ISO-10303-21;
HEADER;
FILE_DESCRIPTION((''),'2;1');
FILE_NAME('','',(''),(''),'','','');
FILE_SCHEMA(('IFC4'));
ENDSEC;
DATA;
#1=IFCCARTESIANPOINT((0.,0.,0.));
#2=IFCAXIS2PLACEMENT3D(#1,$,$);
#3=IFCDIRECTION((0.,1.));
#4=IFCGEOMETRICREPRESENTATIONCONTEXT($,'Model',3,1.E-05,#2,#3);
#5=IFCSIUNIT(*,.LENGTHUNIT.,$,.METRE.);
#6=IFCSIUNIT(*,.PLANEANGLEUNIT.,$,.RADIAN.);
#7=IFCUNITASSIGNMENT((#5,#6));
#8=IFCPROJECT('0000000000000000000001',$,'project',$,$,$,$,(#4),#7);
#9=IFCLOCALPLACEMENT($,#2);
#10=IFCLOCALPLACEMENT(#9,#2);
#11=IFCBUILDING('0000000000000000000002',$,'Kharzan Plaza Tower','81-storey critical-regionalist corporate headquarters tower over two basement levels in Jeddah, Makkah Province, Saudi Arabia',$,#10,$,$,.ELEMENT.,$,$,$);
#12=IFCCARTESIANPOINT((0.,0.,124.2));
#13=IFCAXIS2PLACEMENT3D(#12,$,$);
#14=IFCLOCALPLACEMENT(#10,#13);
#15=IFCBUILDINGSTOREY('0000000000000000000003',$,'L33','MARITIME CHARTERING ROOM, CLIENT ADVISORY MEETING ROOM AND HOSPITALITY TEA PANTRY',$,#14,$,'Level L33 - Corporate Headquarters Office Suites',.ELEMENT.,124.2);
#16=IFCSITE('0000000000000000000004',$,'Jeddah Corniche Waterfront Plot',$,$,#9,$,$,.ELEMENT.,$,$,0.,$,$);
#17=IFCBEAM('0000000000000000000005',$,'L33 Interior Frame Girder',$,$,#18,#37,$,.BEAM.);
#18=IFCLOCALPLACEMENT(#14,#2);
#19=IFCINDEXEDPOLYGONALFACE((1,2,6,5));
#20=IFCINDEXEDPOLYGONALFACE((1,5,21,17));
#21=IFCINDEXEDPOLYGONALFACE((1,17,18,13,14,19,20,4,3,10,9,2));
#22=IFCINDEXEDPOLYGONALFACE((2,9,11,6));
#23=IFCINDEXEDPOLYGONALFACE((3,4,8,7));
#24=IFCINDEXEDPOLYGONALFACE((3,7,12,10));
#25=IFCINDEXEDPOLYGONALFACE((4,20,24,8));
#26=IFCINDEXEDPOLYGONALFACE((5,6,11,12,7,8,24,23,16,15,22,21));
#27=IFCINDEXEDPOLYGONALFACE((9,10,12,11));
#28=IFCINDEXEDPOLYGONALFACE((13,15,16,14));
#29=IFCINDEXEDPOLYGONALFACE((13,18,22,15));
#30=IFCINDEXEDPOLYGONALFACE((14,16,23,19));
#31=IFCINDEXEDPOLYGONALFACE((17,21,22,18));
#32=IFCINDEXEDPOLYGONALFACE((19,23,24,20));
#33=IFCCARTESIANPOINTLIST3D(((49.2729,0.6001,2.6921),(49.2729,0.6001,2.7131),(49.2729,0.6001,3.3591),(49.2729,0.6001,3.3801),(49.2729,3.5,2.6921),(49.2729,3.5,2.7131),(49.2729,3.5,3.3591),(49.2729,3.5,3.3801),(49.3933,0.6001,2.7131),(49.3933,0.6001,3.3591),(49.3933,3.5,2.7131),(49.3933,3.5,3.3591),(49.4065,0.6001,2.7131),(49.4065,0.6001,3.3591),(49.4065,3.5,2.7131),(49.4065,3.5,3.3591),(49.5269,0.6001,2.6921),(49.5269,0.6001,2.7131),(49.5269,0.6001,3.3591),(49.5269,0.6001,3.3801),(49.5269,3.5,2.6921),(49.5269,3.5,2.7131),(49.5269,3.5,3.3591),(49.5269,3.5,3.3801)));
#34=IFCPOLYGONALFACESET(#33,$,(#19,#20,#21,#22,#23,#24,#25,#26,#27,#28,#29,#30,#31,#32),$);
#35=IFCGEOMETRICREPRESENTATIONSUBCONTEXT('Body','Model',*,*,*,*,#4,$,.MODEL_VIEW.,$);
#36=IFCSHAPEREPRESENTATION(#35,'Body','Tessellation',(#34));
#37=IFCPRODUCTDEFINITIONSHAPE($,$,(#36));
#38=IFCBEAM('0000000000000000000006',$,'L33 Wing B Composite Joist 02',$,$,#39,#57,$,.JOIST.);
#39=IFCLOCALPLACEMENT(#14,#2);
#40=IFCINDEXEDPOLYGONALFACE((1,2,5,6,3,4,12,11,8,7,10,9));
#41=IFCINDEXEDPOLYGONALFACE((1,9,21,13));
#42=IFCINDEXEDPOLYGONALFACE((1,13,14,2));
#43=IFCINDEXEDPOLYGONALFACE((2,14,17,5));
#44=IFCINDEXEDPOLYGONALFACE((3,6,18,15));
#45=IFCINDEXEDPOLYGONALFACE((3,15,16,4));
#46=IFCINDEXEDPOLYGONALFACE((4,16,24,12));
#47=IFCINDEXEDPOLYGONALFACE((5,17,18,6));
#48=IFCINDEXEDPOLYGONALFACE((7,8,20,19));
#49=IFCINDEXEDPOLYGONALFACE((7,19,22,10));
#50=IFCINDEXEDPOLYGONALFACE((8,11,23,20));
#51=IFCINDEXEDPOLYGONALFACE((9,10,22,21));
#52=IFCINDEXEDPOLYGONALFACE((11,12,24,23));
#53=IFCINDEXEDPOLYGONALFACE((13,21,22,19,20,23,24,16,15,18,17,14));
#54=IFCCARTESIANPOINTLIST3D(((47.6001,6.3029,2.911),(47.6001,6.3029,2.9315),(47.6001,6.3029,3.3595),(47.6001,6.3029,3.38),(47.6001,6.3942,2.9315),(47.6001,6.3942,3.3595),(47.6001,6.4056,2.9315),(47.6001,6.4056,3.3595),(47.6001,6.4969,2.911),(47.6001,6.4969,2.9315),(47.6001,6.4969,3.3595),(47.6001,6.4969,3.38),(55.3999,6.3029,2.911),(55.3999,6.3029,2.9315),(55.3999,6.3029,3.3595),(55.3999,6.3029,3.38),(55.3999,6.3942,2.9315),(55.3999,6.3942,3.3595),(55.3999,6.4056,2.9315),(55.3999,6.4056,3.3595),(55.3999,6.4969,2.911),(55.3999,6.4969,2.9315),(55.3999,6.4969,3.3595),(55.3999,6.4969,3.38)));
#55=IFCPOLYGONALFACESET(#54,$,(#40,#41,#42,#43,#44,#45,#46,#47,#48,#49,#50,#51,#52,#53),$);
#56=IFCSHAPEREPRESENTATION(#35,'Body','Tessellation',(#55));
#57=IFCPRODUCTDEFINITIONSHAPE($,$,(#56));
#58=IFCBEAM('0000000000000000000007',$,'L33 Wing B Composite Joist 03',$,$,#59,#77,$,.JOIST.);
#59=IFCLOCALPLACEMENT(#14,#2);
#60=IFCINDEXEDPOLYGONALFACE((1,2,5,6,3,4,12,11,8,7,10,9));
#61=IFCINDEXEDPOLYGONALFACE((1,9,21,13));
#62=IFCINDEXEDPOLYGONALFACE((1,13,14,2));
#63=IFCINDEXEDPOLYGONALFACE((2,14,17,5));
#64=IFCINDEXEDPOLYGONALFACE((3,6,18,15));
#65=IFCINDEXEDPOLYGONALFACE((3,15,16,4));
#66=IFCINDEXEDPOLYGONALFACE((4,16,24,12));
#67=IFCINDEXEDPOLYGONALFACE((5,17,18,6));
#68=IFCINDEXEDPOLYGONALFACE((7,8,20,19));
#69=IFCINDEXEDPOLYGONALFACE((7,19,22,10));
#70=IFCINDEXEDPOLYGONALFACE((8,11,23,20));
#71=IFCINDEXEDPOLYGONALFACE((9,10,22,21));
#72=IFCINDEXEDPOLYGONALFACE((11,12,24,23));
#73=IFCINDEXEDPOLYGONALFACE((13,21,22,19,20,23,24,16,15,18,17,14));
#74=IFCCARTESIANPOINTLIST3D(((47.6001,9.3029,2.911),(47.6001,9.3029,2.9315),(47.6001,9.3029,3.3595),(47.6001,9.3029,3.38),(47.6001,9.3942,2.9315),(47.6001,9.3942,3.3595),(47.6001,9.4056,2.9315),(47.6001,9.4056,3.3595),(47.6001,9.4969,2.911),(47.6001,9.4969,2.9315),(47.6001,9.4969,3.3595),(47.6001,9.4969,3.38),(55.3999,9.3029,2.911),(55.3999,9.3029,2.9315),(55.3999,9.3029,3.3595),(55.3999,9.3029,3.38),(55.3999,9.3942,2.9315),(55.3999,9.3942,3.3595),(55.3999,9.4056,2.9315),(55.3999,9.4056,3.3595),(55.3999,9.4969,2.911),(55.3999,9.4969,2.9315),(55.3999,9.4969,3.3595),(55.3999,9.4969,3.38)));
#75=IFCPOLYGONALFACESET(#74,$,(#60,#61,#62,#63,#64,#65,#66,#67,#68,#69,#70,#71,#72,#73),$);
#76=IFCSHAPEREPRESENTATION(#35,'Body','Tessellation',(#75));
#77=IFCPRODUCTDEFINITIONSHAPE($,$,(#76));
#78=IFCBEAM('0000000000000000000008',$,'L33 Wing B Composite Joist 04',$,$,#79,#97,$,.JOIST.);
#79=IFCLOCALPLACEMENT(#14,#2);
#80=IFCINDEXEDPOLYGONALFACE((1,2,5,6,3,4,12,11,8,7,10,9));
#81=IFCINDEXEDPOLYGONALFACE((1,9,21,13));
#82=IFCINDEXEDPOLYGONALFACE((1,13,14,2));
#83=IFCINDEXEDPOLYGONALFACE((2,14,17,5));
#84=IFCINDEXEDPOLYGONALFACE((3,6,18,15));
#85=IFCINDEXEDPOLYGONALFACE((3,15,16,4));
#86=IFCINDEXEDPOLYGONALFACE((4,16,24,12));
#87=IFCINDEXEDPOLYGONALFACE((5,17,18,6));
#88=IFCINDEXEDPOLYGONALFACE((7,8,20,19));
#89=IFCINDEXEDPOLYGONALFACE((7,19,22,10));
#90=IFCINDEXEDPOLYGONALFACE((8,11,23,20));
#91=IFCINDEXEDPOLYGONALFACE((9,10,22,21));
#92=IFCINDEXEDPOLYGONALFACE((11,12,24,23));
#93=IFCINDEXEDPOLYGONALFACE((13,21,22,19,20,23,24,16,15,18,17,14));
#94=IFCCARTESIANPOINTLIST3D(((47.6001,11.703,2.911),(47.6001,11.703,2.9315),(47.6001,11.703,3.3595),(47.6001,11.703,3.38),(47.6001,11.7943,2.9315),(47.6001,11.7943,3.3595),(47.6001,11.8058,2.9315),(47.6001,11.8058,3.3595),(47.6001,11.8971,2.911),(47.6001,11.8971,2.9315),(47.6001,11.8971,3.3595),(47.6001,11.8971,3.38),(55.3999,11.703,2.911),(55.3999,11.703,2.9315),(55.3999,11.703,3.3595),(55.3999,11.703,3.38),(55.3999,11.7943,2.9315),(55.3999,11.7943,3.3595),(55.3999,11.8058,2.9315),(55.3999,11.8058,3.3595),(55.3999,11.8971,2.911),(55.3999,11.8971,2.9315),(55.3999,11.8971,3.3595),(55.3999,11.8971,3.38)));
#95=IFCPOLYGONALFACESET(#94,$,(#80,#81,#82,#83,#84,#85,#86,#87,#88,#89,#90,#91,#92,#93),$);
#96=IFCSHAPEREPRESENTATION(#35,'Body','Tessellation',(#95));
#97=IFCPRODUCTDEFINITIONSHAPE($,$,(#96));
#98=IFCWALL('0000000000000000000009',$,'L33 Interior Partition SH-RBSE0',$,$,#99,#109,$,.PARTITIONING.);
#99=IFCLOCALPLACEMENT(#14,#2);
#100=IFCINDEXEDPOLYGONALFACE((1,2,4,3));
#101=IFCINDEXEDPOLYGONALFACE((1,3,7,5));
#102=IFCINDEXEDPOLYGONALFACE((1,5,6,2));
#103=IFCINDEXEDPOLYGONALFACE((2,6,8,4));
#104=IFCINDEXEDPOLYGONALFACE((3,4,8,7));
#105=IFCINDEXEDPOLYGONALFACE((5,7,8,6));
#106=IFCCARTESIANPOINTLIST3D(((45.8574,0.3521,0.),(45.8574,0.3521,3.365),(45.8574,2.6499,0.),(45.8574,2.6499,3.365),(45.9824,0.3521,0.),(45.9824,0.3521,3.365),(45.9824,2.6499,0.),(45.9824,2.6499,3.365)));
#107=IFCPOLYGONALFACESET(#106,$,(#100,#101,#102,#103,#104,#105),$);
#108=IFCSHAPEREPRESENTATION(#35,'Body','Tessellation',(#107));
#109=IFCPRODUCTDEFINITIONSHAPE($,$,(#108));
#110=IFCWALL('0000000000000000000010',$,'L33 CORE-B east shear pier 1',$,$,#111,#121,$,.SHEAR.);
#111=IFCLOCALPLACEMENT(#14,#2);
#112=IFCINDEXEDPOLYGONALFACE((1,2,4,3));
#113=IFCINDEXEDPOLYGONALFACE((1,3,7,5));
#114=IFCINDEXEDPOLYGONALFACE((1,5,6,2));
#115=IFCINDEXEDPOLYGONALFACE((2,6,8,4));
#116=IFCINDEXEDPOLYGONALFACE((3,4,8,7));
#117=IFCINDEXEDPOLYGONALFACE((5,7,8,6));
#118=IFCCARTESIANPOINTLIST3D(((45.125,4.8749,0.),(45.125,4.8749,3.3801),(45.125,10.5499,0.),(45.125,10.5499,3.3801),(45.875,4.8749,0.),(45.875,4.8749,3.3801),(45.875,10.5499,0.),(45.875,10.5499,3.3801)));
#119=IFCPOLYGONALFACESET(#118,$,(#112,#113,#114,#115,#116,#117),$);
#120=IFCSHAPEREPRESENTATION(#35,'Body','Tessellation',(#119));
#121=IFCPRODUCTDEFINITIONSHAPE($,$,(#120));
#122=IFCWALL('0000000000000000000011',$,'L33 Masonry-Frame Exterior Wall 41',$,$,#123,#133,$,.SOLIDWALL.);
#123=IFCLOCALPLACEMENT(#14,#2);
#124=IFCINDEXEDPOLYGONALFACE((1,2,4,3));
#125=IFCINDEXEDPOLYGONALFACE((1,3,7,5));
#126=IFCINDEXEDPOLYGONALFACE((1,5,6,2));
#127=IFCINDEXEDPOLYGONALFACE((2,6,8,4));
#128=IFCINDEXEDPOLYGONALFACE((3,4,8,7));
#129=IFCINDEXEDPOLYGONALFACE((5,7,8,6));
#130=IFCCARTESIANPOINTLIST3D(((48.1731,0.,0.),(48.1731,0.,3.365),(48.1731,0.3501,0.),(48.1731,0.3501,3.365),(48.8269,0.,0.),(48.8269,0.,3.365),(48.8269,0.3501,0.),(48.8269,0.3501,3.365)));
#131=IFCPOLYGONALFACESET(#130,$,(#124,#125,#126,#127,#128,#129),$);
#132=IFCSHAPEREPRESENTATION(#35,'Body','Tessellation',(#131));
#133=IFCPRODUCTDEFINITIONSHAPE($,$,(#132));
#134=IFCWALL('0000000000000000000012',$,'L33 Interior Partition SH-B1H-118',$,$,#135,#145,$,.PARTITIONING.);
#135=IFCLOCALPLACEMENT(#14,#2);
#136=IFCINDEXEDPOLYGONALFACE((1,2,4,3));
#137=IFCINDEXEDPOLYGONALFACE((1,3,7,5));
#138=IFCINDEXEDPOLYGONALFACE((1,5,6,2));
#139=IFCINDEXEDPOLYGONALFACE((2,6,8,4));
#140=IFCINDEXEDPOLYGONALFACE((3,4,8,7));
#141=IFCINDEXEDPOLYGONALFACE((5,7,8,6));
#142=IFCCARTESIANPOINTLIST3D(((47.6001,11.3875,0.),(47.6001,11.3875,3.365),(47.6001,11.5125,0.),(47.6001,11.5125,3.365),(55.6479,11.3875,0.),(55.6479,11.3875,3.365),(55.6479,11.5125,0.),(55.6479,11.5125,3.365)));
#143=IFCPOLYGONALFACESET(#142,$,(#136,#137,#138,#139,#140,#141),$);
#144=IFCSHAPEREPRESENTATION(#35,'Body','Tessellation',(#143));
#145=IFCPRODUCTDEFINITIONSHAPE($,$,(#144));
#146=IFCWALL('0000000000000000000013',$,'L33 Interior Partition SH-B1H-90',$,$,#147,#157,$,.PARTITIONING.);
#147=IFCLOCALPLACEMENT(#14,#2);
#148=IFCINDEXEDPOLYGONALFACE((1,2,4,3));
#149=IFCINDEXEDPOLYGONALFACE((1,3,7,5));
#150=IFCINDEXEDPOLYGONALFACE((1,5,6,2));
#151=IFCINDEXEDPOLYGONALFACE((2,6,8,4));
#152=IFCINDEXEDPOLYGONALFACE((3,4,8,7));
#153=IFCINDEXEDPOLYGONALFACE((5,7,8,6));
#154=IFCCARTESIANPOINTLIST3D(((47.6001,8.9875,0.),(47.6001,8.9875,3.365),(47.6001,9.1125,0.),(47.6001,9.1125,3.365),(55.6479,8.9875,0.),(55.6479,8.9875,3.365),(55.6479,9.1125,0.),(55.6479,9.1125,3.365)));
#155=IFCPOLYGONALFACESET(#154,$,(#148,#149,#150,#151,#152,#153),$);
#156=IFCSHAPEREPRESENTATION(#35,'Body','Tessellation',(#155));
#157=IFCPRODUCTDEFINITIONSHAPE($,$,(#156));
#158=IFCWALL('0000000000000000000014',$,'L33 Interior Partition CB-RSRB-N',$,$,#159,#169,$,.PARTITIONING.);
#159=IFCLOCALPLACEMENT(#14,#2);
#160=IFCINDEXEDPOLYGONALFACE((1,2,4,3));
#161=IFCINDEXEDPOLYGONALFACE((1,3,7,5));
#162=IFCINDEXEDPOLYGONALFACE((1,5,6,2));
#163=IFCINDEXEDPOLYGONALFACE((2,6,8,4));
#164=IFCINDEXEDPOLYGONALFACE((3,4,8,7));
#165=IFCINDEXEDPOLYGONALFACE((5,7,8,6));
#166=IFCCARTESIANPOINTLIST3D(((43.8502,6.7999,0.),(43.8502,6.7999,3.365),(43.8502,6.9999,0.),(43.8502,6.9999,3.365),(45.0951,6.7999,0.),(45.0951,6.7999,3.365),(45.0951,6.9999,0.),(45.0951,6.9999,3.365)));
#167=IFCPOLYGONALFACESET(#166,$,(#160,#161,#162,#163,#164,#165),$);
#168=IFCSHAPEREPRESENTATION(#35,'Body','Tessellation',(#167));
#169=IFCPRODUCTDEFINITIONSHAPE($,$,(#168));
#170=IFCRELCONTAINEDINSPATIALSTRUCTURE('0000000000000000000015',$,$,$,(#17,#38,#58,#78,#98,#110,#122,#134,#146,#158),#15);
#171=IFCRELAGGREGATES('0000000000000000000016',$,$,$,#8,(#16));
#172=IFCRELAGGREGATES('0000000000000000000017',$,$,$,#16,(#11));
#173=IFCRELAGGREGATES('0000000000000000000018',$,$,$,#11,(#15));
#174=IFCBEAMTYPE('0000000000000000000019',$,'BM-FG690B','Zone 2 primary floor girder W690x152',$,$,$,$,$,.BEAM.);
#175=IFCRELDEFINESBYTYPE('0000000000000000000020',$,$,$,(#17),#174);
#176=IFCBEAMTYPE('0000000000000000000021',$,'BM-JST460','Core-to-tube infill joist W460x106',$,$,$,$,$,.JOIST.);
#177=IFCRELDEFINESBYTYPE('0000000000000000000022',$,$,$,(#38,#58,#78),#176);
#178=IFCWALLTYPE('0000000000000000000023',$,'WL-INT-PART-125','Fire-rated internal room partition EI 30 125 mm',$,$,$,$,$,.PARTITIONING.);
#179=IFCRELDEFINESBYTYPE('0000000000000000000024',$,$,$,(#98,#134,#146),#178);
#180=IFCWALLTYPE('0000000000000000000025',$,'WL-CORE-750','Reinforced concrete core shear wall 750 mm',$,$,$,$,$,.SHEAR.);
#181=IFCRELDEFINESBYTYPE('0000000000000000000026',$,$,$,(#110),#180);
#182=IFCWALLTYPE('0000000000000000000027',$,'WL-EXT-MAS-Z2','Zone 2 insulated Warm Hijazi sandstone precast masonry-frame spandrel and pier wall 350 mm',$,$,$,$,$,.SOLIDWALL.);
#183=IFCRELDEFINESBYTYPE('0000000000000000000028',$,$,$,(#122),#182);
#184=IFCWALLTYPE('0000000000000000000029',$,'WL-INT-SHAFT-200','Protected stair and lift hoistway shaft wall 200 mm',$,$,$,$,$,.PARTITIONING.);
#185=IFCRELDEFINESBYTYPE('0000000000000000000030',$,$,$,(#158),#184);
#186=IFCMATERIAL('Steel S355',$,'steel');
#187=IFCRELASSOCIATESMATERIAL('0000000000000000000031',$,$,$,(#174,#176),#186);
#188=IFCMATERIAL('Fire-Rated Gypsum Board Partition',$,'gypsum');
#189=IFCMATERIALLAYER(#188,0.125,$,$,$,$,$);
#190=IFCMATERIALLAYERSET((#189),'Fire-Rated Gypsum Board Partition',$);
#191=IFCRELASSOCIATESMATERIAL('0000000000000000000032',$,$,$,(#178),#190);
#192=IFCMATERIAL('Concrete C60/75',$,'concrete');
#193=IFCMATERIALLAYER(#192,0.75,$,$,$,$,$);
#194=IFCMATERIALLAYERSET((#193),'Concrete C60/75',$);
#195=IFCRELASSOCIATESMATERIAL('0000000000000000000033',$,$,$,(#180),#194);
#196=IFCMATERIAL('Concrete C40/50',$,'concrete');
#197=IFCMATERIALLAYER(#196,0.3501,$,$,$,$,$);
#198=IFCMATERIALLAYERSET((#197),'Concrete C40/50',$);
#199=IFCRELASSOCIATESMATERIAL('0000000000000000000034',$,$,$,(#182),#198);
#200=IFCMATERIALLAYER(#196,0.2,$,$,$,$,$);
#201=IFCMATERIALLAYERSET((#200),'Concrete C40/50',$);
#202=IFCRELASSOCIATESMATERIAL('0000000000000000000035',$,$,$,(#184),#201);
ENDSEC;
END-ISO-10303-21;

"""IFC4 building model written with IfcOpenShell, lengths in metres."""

from ifc_helpers import new_model, si_unit, direction, frame, frame_2d, origin, origin_2d, place, context, subcontext, project, spatial, rectangle, i_section, extrude, source, transform, mapped, material, layer, layer_set, material_profile, profile_set, type_object, element, save


model = new_model("IFC4")

# Units and contexts
model_context = context("Model", 3, precision=1e-05, world=origin(), true_north=direction((0.0, 1.0)))
body_context = subcontext(model_context, "Body", "Model", "MODEL_VIEW")
ifc_project = project(units=[si_unit("LENGTHUNIT", "METRE"), si_unit("PLANEANGLEUNIT", "RADIAN")], contexts=[model_context])

# Site, building, storey
site_placement = place(None, origin())
site = spatial("IfcSite", under=ifc_project, at=site_placement, Name="Jeddah Corniche Waterfront Plot", CompositionType="ELEMENT", RefElevation=0.0)
building_placement = place(site_placement, origin())
building = spatial("IfcBuilding", under=site, at=building_placement, Name="Kharzan Plaza Tower", Description="81-storey critical-regionalist corporate headquarters tower over two basement levels in Jeddah, Makkah Province, Saudi Arabia", CompositionType="ELEMENT")
storey_placement = place(building_placement, frame((0.0, 0.0, 124.2)))
storey = spatial("IfcBuildingStorey", under=building, at=storey_placement, Name="L33", Description="MARITIME CHARTERING ROOM, CLIENT ADVISORY MEETING ROOM AND HOSPITALITY TEA PANTRY", LongName="Level L33 - Corporate Headquarters Office Suites", CompositionType="ELEMENT", Elevation=124.2)

# Shared definitions
ifc_material_1 = material(Name="Concrete C60/75", Category="concrete")

# Beams
ifc_material_2 = material(Name="Steel S355", Category="steel")
ifc_material_profile_1 = material_profile(ifc_material_2, i_section(OverallWidth=0.2539, OverallDepth=0.688, WebThickness=0.0132, FlangeThickness=0.021, at=origin_2d()), Name="W690x152")
ifc_profile_set_1 = profile_set([ifc_material_profile_1], Name="Steel S355")
beam_type_1 = type_object("IfcBeamType", Name="BM-FG690B", Description="Zone 2 primary floor girder W690x152", PredefinedType="BEAM", material=ifc_profile_set_1)
shared_shape_1 = source(origin(), body_context, "Body", "SweptSolid", [
    extrude(i_section(OverallWidth=0.2539, OverallDepth=0.688, WebThickness=0.0132, FlangeThickness=0.021, at=origin_2d()), origin(), (0.0, 0.0, 1.0), 2.8999),
])
for number, where, z_axis, x_axis, name in (
    (1, (49.3999, 0.6001, 3.0361), (0.0, 1.0, 0.0), (-1.0, 0.0, 0.0), "L33 Interior Frame Girder"),
):
    element("IfcBeam", number, at=place(storey_placement, frame(where, z_axis=z_axis, x_axis=x_axis)), inside=storey, type_object=beam_type_1, Name=name, PredefinedType="BEAM", context=body_context, shape_type="MappedRepresentation", body=[
        mapped(shared_shape_1, transform((0.0, 0.0, 0.0), x_axis=(1.0, 0.0, 0.0), y_axis=(0.0, 1.0, 0.0), z_axis=(0.0, 0.0, 1.0))),
    ])
ifc_material_profile_2 = material_profile(ifc_material_2, i_section(OverallWidth=0.1941, OverallDepth=0.469, WebThickness=0.0115, FlangeThickness=0.0205, at=origin_2d()), Name="W460x106")
ifc_profile_set_2 = profile_set([ifc_material_profile_2], Name="Steel S355")
beam_type_2 = type_object("IfcBeamType", Name="BM-JST460", Description="Core-to-tube infill joist W460x106", PredefinedType="JOIST", material=ifc_profile_set_2)
shared_shape_2 = source(origin(), body_context, "Body", "SweptSolid", [
    extrude(i_section(OverallWidth=0.1941, OverallDepth=0.469, WebThickness=0.0115, FlangeThickness=0.0205, at=origin_2d()), origin(), (0.0, 0.0, 1.0), 7.7998),
])
for number, where, z_axis, x_axis, name in (
    (2, (47.6001, 6.3999, 3.1455), (1.0, 0.0, 0.0), (0.0, 1.0, 0.0), "L33 Wing B Composite Joist 02"),
    (3, (47.6001, 9.3999, 3.1455), (1.0, 0.0, 0.0), (0.0, 1.0, 0.0), "L33 Wing B Composite Joist 03"),
    (4, (47.6001, 11.8, 3.1455), (1.0, 0.0, 0.0), (0.0, 1.0, 0.0), "L33 Wing B Composite Joist 04"),
):
    element("IfcBeam", number, at=place(storey_placement, frame(where, z_axis=z_axis, x_axis=x_axis)), inside=storey, type_object=beam_type_2, Name=name, PredefinedType="JOIST", context=body_context, shape_type="MappedRepresentation", body=[
        mapped(shared_shape_2, transform((0.0, 0.0, 0.0), x_axis=(1.0, 0.0, 0.0), y_axis=(0.0, 1.0, 0.0), z_axis=(0.0, 0.0, 1.0))),
    ])

# Shared definitions
ifc_material_3 = material(Name="Fire-Rated Gypsum Board Partition", Category="gypsum")
ifc_layer_1 = layer(ifc_material_3, 0.125)
ifc_layer_set_1 = layer_set([ifc_layer_1], Name="Fire-Rated Gypsum Board Partition")
wall_type_1 = type_object("IfcWallType", Name="WL-INT-PART-125", Description="Fire-rated internal room partition EI 30 125 mm", PredefinedType="PARTITIONING", material=ifc_layer_set_1)

# Walls
shared_shape_3 = source(origin(), body_context, "Body", "SweptSolid", [
    extrude(rectangle(XDim=2.2979, YDim=0.125, at=frame_2d((1.1489, 0.0))), origin(), (0.0, 0.0, 1.0), 3.365),
])
wall_1_placement = place(storey_placement, frame((45.9199, 0.3521, 0.0), z_axis=(0.0, 0.0, 1.0), x_axis=(0.0, 1.0, 0.0)))
element("IfcWall", 5, at=wall_1_placement, inside=storey, type_object=wall_type_1, Name="L33 Interior Partition SH-RBSE0", PredefinedType="PARTITIONING", context=body_context, shape_type="MappedRepresentation", body=[
    mapped(shared_shape_3, transform((0.0, 0.0, 0.0), x_axis=(1.0, 0.0, 0.0), y_axis=(0.0, 1.0, 0.0), z_axis=(0.0, 0.0, 1.0))),
])
ifc_layer_2 = layer(ifc_material_1, 0.75)
ifc_layer_set_2 = layer_set([ifc_layer_2], Name="Concrete C60/75")
wall_type_2 = type_object("IfcWallType", Name="WL-CORE-750", Description="Reinforced concrete core shear wall 750 mm", PredefinedType="SHEAR", material=ifc_layer_set_2)
shared_shape_4 = source(origin(), body_context, "Body", "SweptSolid", [
    extrude(rectangle(XDim=5.675, YDim=0.75, at=frame_2d((2.8374, 0.0))), origin(), (0.0, 0.0, 1.0), 3.3801),
])
wall_2_placement = place(storey_placement, frame((45.5, 4.875, 0.0), z_axis=(0.0, 0.0, 1.0), x_axis=(0.0, 1.0, 0.0)))
element("IfcWall", 6, at=wall_2_placement, inside=storey, type_object=wall_type_2, Name="L33 CORE-B east shear pier 1", PredefinedType="SHEAR", context=body_context, shape_type="MappedRepresentation", body=[
    mapped(shared_shape_4, transform((0.0, 0.0, 0.0), x_axis=(1.0, 0.0, 0.0), y_axis=(0.0, 1.0, 0.0), z_axis=(0.0, 0.0, 1.0))),
])
ifc_material_4 = material(Name="Concrete C40/50", Category="concrete")
ifc_layer_3 = layer(ifc_material_4, 0.3501)
ifc_layer_set_3 = layer_set([ifc_layer_3], Name="Concrete C40/50")
wall_type_3 = type_object("IfcWallType", Name="WL-EXT-MAS-Z2", Description="Zone 2 insulated Warm Hijazi sandstone precast masonry-frame spandrel and pier wall 350 mm", PredefinedType="SOLIDWALL", material=ifc_layer_set_3)
shared_shape_5 = source(origin(), body_context, "Body", "SweptSolid", [
    extrude(rectangle(XDim=0.6538, YDim=0.3501, at=frame_2d((0.3269, 0.0))), origin(), (0.0, 0.0, 1.0), 3.365),
])
wall_3_placement = place(storey_placement, frame((48.1731, 0.175, 0.0), z_axis=(0.0, 0.0, 1.0), x_axis=(1.0, 0.0, 0.0)))
element("IfcWall", 7, at=wall_3_placement, inside=storey, type_object=wall_type_3, Name="L33 Masonry-Frame Exterior Wall 41", PredefinedType="SOLIDWALL", context=body_context, shape_type="MappedRepresentation", body=[
    mapped(shared_shape_5, transform((0.0, 0.0, 0.0), x_axis=(1.0, 0.0, 0.0), y_axis=(0.0, 1.0, 0.0), z_axis=(0.0, 0.0, 1.0))),
])
shared_shape_6 = source(origin(), body_context, "Body", "SweptSolid", [
    extrude(rectangle(XDim=8.0479, YDim=0.125, at=frame_2d((4.0239, 0.0))), origin(), (0.0, 0.0, 1.0), 3.365),
])
for number, where, z_axis, x_axis, name in (
    (8, (47.6001, 11.45, 0.0), (0.0, 0.0, 1.0), (1.0, 0.0, 0.0), "L33 Interior Partition SH-B1H-118"),
    (9, (47.6001, 9.05, 0.0), (0.0, 0.0, 1.0), (1.0, 0.0, 0.0), "L33 Interior Partition SH-B1H-90"),
):
    element("IfcWall", number, at=place(storey_placement, frame(where, z_axis=z_axis, x_axis=x_axis)), inside=storey, type_object=wall_type_1, Name=name, PredefinedType="PARTITIONING", context=body_context, shape_type="MappedRepresentation", body=[
        mapped(shared_shape_6, transform((0.0, 0.0, 0.0), x_axis=(1.0, 0.0, 0.0), y_axis=(0.0, 1.0, 0.0), z_axis=(0.0, 0.0, 1.0))),
    ])
ifc_layer_4 = layer(ifc_material_4, 0.2)
ifc_layer_set_4 = layer_set([ifc_layer_4], Name="Concrete C40/50")
wall_type_4 = type_object("IfcWallType", Name="WL-INT-SHAFT-200", Description="Protected stair and lift hoistway shaft wall 200 mm", PredefinedType="PARTITIONING", material=ifc_layer_set_4)
shared_shape_7 = source(origin(), body_context, "Body", "SweptSolid", [
    extrude(rectangle(XDim=1.2449, YDim=0.2, at=frame_2d((0.6226, 0.0))), origin(), (0.0, 0.0, 1.0), 3.365),
])
wall_4_placement = place(storey_placement, frame((43.8501, 6.8999, 0.0), z_axis=(0.0, 0.0, 1.0), x_axis=(1.0, 0.0, 0.0)))
element("IfcWall", 10, at=wall_4_placement, inside=storey, type_object=wall_type_4, Name="L33 Interior Partition CB-RSRB-N", PredefinedType="PARTITIONING", context=body_context, shape_type="MappedRepresentation", body=[
    mapped(shared_shape_7, transform((0.0, 0.0, 0.0), x_axis=(1.0, 0.0, 0.0), y_axis=(0.0, 1.0, 0.0), z_axis=(0.0, 0.0, 1.0))),
])

save(model, "model.ifc")
